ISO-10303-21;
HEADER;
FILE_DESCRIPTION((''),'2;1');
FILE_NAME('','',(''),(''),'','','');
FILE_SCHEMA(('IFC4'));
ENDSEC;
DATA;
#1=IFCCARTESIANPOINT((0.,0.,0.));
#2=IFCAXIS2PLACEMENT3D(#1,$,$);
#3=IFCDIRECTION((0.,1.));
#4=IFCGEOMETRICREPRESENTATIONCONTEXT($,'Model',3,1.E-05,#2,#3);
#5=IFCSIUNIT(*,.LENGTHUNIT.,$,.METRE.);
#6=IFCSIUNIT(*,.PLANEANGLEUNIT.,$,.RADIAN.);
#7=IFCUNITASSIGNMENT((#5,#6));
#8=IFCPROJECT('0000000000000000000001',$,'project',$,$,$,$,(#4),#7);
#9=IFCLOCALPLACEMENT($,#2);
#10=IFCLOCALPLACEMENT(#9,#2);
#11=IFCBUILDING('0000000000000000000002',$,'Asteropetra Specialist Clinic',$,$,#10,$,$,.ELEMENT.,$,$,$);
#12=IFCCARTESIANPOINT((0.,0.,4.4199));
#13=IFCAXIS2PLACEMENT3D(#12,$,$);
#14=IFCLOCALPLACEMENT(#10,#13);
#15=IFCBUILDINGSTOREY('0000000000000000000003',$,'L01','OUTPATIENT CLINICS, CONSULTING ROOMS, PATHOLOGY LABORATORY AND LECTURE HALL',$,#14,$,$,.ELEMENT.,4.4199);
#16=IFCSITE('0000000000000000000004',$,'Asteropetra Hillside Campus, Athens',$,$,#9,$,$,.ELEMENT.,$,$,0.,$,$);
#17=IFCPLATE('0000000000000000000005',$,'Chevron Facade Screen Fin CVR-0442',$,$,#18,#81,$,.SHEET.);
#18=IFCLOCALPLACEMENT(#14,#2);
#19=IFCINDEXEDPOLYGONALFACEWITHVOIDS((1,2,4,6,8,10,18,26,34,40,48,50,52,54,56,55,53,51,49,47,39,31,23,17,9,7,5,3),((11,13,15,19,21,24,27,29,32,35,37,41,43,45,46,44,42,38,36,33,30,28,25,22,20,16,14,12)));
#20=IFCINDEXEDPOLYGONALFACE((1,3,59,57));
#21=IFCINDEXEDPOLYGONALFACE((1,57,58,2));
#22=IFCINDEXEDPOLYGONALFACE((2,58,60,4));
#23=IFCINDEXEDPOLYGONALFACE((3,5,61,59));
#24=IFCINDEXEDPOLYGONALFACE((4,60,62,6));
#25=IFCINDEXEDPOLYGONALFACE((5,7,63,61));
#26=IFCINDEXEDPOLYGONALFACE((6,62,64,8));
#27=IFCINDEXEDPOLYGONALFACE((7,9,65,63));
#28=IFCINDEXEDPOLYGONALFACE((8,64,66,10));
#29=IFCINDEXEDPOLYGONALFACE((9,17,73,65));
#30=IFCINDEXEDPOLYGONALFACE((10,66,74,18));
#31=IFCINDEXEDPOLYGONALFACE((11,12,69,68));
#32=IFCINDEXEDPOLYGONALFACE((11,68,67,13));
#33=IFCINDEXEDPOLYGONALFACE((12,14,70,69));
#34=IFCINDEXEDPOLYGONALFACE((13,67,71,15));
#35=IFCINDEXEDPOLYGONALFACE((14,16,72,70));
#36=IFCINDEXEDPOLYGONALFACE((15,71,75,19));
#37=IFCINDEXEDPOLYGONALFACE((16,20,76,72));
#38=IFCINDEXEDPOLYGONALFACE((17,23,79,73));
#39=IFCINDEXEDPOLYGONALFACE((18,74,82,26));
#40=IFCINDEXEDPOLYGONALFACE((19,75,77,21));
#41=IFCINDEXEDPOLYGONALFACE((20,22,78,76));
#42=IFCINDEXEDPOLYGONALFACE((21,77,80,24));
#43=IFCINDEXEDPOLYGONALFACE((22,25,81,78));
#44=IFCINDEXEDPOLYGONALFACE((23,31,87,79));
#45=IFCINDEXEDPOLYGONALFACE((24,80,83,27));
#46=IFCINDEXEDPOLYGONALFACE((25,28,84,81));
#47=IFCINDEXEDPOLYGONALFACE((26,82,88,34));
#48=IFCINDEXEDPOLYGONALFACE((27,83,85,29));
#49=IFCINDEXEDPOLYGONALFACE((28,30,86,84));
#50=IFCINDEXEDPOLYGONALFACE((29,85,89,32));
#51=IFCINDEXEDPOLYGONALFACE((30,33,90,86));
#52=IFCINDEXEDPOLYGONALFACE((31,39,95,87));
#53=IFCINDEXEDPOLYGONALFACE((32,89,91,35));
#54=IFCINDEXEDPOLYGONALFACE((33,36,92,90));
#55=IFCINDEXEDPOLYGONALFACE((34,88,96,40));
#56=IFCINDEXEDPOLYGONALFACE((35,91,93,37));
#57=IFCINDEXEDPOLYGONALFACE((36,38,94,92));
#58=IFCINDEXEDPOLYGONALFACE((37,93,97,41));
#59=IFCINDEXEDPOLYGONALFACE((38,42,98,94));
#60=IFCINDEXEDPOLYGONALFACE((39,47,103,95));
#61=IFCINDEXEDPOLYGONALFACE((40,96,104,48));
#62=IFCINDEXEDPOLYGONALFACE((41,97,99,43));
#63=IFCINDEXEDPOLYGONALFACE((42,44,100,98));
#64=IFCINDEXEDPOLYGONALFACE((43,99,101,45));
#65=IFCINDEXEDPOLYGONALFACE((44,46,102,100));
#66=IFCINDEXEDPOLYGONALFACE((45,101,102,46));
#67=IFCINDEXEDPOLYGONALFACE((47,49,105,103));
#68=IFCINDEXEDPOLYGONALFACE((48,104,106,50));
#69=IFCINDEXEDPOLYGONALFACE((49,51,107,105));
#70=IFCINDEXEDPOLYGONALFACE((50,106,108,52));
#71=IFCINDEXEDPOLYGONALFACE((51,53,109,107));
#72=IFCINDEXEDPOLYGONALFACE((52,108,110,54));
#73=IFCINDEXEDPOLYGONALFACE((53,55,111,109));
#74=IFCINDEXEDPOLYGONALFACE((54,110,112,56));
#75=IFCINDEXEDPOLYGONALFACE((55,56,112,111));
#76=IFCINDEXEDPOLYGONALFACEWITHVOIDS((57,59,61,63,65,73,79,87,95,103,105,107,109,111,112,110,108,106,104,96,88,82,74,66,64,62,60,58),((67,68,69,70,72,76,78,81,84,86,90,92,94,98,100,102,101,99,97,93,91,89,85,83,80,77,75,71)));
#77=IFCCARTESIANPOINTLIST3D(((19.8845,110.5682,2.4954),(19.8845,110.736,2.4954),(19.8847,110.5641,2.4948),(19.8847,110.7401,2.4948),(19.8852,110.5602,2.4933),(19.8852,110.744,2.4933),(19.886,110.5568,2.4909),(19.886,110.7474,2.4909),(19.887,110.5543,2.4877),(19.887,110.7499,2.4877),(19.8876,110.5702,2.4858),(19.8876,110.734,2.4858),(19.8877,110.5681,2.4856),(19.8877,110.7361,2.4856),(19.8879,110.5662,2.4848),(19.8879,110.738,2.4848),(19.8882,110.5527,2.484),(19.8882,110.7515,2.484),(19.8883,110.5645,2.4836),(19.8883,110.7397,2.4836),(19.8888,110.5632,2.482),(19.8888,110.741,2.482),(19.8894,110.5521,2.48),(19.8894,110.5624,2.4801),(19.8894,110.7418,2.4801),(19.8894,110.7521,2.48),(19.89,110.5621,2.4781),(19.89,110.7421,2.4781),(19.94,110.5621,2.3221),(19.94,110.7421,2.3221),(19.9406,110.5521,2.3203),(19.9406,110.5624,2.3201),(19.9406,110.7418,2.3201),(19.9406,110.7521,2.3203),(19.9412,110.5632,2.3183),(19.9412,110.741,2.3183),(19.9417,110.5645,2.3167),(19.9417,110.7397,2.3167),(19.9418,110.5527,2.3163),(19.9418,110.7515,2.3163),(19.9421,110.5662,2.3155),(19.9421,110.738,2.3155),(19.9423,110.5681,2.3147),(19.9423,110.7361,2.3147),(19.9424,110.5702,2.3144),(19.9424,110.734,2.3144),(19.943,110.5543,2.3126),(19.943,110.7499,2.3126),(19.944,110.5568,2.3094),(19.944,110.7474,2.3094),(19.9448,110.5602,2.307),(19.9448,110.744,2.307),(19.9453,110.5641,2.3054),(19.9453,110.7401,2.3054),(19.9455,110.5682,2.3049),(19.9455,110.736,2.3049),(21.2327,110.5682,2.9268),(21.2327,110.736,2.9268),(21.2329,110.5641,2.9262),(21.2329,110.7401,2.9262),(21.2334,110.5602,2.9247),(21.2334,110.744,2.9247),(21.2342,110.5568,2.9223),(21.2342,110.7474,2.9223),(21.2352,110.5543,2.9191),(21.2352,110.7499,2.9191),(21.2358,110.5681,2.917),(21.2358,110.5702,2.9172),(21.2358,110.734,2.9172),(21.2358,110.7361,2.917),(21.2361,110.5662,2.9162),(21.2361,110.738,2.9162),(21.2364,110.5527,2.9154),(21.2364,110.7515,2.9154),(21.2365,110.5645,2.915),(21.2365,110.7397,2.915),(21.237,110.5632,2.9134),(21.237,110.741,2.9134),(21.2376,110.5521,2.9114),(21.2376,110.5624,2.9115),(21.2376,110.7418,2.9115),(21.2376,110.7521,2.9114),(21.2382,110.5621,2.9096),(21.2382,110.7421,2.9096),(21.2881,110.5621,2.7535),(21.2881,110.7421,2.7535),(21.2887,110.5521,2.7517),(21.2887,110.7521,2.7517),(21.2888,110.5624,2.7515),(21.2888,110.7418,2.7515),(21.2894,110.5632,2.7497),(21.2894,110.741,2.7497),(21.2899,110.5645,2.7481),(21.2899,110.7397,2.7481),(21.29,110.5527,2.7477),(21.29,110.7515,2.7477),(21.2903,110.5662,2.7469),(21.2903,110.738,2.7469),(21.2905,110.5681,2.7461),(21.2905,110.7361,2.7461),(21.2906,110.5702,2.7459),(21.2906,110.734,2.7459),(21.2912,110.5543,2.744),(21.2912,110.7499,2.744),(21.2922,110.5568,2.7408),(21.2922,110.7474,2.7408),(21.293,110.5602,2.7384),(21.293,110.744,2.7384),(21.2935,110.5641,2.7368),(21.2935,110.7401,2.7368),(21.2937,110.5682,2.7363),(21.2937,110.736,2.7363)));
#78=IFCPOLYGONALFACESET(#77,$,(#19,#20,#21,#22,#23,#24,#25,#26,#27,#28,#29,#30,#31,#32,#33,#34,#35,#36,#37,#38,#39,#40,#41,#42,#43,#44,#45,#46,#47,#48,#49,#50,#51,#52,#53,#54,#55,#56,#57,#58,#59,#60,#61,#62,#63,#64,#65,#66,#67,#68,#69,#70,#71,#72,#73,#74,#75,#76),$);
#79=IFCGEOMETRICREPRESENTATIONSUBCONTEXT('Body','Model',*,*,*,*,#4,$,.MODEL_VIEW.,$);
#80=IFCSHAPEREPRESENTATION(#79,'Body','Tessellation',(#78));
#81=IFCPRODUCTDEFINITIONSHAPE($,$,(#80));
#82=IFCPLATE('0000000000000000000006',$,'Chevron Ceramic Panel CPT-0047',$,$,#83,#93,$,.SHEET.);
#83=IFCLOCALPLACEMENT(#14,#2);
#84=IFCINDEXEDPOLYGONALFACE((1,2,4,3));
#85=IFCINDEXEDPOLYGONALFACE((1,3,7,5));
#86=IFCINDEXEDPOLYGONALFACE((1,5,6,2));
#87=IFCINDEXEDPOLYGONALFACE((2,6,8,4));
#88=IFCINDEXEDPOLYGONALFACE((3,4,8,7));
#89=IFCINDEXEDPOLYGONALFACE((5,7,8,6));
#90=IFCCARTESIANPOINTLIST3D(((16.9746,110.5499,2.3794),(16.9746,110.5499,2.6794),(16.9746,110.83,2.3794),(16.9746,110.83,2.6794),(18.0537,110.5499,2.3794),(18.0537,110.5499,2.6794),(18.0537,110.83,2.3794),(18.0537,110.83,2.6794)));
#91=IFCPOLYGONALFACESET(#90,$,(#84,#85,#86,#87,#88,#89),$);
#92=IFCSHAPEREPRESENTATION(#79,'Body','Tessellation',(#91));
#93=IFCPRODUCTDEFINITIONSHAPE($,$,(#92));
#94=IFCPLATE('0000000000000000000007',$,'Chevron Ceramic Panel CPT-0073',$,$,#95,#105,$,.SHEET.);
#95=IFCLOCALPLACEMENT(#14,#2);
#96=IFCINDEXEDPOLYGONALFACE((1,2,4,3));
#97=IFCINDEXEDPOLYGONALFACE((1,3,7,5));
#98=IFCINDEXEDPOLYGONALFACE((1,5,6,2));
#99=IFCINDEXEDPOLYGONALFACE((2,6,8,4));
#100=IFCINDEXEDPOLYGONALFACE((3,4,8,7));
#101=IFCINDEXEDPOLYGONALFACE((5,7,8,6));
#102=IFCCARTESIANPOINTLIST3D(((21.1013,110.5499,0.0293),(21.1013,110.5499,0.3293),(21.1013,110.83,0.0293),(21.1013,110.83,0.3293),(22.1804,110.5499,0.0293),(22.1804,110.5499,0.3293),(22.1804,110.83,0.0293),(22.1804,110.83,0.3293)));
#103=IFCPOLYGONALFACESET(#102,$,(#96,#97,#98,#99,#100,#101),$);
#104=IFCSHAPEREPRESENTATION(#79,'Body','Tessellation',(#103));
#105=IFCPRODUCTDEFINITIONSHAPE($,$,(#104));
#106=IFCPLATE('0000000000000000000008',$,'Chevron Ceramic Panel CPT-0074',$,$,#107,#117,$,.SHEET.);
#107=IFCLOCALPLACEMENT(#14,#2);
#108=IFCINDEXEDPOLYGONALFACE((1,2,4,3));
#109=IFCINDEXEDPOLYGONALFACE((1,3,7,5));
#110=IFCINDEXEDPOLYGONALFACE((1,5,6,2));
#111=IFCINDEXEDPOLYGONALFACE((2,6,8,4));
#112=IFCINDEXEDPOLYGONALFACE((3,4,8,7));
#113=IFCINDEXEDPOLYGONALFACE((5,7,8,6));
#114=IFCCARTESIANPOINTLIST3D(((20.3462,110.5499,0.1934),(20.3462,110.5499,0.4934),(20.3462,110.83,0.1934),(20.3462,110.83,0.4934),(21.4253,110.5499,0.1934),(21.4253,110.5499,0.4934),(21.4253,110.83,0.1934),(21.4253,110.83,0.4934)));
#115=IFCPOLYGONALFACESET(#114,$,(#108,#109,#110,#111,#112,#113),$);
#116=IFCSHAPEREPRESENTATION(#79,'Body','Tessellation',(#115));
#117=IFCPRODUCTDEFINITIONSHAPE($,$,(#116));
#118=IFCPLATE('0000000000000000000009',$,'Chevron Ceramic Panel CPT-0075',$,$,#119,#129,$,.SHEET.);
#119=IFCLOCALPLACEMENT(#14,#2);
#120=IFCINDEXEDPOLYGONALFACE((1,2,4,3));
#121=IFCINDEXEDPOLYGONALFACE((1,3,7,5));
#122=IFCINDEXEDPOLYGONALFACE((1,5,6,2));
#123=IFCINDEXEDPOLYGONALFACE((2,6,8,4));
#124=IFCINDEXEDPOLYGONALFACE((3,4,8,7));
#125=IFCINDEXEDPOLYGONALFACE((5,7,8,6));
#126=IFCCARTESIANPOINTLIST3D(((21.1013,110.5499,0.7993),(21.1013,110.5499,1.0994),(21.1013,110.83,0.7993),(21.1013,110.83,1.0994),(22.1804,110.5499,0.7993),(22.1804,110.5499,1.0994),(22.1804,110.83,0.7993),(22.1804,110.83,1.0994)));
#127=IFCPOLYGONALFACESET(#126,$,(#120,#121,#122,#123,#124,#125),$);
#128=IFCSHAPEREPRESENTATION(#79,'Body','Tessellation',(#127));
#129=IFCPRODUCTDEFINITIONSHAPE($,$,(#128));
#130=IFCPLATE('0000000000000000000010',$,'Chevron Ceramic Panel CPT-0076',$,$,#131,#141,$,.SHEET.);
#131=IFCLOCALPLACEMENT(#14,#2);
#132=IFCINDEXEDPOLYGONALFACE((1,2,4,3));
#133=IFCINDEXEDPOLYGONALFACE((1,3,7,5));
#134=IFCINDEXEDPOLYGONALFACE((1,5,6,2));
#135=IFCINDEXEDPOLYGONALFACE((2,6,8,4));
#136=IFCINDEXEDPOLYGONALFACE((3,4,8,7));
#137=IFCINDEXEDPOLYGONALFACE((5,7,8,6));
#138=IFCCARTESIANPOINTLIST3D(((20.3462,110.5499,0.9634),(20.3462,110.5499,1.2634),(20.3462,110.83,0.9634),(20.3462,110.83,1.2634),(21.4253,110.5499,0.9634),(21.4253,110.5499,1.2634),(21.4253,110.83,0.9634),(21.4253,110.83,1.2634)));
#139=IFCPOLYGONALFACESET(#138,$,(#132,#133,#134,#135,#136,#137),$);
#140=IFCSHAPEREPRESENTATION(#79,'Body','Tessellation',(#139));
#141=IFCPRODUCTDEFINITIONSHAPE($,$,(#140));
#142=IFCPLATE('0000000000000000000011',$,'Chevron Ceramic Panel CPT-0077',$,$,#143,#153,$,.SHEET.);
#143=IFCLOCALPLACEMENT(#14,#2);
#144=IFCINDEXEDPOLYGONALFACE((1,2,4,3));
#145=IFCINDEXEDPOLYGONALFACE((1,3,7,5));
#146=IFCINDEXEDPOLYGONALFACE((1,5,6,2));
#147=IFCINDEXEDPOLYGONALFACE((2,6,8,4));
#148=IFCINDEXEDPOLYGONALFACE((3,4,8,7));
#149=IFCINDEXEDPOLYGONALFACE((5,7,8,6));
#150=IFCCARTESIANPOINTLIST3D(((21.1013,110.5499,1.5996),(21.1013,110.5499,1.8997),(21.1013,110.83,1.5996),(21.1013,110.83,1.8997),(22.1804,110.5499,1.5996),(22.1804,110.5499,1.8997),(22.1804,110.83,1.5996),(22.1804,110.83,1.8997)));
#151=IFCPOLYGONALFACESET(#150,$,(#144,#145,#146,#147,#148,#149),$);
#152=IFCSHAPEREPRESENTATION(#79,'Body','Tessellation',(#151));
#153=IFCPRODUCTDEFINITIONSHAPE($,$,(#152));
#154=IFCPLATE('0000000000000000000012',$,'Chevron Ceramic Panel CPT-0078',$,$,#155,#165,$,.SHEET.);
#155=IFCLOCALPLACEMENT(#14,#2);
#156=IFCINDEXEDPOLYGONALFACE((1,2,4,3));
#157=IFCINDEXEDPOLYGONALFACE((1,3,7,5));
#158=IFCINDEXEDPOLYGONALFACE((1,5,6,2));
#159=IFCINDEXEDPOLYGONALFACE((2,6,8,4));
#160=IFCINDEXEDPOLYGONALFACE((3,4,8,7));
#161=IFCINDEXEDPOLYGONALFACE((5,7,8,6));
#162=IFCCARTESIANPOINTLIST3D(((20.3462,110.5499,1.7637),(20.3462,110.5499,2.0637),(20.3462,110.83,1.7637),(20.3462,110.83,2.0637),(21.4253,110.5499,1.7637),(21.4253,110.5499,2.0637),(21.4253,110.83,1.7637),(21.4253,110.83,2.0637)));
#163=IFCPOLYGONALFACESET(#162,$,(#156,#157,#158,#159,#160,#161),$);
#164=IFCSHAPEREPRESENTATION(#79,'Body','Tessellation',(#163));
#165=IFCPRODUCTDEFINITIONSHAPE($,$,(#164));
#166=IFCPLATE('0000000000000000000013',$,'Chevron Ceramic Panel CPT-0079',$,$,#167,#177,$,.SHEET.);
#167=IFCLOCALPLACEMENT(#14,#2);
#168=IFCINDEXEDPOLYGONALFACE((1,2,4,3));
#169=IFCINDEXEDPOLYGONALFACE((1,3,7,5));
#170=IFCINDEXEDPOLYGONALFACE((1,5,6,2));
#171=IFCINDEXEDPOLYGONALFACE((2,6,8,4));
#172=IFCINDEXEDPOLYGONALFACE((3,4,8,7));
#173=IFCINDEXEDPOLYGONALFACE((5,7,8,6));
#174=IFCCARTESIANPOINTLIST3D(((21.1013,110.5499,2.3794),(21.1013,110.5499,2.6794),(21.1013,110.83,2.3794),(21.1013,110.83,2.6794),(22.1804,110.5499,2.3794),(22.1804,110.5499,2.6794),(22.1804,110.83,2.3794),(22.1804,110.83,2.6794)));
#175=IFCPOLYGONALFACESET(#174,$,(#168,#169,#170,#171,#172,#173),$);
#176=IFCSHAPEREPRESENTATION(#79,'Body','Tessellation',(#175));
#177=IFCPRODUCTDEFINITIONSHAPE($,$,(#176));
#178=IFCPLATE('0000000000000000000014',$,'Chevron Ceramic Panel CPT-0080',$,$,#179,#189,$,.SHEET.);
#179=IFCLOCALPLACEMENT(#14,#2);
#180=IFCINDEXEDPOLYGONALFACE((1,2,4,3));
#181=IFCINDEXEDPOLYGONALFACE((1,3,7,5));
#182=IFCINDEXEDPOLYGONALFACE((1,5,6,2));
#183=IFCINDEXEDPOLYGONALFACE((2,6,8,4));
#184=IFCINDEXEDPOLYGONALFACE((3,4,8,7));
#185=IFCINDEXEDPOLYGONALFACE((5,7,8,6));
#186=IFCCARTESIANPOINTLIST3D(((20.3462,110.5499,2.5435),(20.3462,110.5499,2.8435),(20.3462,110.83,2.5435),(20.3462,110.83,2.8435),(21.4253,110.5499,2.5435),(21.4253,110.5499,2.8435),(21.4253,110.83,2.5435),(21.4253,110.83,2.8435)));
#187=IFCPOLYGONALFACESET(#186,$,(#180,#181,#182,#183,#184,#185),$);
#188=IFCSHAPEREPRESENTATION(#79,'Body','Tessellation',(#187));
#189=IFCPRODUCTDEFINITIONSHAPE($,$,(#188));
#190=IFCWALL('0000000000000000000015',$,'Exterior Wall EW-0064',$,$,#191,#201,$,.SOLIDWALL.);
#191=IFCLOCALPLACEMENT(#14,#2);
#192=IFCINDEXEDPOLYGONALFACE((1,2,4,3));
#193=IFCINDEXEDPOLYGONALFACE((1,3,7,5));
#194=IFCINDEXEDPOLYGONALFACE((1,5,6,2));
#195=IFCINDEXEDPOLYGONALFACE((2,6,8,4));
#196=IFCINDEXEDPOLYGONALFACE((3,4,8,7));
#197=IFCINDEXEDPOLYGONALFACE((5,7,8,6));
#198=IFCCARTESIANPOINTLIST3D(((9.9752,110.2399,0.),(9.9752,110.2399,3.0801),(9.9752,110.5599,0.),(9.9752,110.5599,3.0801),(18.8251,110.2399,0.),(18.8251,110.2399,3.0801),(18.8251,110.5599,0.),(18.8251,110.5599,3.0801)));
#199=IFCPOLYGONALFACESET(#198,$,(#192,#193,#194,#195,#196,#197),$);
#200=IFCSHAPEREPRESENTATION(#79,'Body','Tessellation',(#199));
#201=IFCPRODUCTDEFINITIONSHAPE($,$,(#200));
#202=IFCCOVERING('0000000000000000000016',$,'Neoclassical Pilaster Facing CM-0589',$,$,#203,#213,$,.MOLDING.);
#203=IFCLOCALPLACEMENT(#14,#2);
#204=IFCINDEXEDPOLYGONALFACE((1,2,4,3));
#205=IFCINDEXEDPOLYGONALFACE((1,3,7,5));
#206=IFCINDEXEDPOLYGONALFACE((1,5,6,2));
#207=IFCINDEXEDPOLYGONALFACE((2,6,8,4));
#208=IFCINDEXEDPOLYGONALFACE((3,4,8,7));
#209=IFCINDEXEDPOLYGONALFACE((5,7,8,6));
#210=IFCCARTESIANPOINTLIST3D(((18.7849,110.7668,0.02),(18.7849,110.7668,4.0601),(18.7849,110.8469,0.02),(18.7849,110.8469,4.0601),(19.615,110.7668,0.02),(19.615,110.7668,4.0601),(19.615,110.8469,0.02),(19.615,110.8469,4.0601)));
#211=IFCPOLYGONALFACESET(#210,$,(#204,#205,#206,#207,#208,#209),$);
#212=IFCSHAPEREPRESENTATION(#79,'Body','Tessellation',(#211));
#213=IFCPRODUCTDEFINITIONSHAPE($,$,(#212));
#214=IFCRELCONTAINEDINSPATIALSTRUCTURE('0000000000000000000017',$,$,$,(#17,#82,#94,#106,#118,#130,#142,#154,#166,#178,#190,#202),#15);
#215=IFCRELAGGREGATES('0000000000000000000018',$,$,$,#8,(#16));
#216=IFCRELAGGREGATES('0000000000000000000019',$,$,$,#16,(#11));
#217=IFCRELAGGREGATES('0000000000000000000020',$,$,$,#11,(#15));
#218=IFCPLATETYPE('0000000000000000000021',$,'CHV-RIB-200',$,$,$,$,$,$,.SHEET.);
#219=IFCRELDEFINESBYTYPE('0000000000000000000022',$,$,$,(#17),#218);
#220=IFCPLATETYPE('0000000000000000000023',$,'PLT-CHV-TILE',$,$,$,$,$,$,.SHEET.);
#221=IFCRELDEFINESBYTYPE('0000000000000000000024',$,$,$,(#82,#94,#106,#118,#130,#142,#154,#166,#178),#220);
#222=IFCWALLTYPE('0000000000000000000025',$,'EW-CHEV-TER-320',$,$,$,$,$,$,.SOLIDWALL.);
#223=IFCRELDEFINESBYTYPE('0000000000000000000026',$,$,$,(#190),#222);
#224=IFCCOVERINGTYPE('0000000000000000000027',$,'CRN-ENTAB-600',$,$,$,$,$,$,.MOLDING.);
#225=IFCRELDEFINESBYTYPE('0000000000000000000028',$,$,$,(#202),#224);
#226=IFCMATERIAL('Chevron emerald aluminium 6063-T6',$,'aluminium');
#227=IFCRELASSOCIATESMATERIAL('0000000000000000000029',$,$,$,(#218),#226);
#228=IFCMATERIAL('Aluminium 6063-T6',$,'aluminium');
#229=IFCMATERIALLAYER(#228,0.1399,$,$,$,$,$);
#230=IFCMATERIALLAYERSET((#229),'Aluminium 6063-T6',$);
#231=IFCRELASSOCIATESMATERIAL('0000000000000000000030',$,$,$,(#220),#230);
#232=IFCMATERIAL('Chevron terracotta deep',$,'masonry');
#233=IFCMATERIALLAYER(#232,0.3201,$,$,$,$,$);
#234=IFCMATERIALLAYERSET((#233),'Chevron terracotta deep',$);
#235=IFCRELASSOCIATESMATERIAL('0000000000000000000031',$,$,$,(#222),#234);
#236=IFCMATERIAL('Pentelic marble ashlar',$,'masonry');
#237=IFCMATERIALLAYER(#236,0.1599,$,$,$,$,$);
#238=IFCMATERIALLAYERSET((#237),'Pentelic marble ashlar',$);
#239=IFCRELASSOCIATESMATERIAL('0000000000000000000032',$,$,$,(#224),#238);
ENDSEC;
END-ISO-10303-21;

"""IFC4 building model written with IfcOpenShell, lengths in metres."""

from ifc_helpers import new_model, si_unit, direction, frame, frame_2d, origin, origin_2d, place, context, subcontext, project, spatial, rectangle, hollow_rectangle, extrude, material, layer, layer_set, material_profile, profile_set, type_object, element, save


model = new_model("IFC4")

# Units and contexts
model_context = context("Model", 3, precision=1e-05, world=origin(), true_north=direction((0.0, 1.0)))
body_context = subcontext(model_context, "Body", "Model", "MODEL_VIEW")
ifc_project = project(units=[si_unit("LENGTHUNIT", "METRE"), si_unit("PLANEANGLEUNIT", "RADIAN")], contexts=[model_context])

# Site, building, storey
site_placement = place(None, origin())
site = spatial("IfcSite", under=ifc_project, at=site_placement, Name="Asteropetra Hillside Campus, Athens", CompositionType="ELEMENT", RefElevation=0.0)
building_placement = place(site_placement, origin())
building = spatial("IfcBuilding", under=site, at=building_placement, Name="Asteropetra Specialist Clinic", CompositionType="ELEMENT")
storey_placement = place(building_placement, frame((0.0, 0.0, 4.4199)))
storey = spatial("IfcBuildingStorey", under=building, at=storey_placement, Name="L01", Description="OUTPATIENT CLINICS, CONSULTING ROOMS, PATHOLOGY LABORATORY AND LECTURE HALL", CompositionType="ELEMENT", Elevation=4.4199)

# Plates
ifc_material_1 = material(Name="Chevron emerald aluminium 6063-T6", Category="aluminium")
ifc_material_profile_1 = material_profile(ifc_material_1, hollow_rectangle(XDim=0.2, YDim=0.2, WallThickness=0.01, InnerFilletRadius=0.0081, OuterFilletRadius=0.0161, at=origin_2d()), Name="SHS 200x200x10.0")
ifc_profile_set_1 = profile_set([ifc_material_profile_1], Name="Chevron emerald aluminium 6063-T6")
plate_type_1 = type_object("IfcPlateType", Name="CHV-RIB-200", PredefinedType="SHEET", material=ifc_profile_set_1)
for number, where, z_axis, x_axis, name in (
    (1, (21.2632, 110.6521, 2.8315), (-0.952426, 0.0, -0.304769), (0.0, -1.0, 0.0), "Chevron Facade Screen Fin CVR-0442"),
):
    element("IfcPlate", number, at=place(storey_placement, frame(where, z_axis=z_axis, x_axis=x_axis)), inside=storey, type_object=plate_type_1, Name=name, PredefinedType="SHEET", context=body_context, shape_type="SweptSolid", body=[
        extrude(hollow_rectangle(XDim=0.2, YDim=0.2, WallThickness=0.01, InnerFilletRadius=0.0081, OuterFilletRadius=0.0161, at=origin_2d()), origin(), (0.0, 0.0, 1.0), 1.4155),
    ])
ifc_material_2 = material(Name="Aluminium 6063-T6", Category="aluminium")
ifc_layer_1 = layer(ifc_material_2, 0.1399)
ifc_layer_set_1 = layer_set([ifc_layer_1], Name="Aluminium 6063-T6")
plate_type_2 = type_object("IfcPlateType", Name="PLT-CHV-TILE", PredefinedType="SHEET", material=ifc_layer_set_1)
for number, where, z_axis, x_axis, name in (
    (2, (17.5142, 110.6899, 2.3794), (0.0, 0.0, 1.0), (1.0, 0.0, 0.0), "Chevron Ceramic Panel CPT-0047"),
    (3, (21.6409, 110.6899, 0.0293), (0.0, 0.0, 1.0), (1.0, 0.0, 0.0), "Chevron Ceramic Panel CPT-0073"),
    (4, (20.8857, 110.6899, 0.1934), (0.0, 0.0, 1.0), (1.0, 0.0, 0.0), "Chevron Ceramic Panel CPT-0074"),
    (5, (21.6409, 110.6899, 0.7993), (0.0, 0.0, 1.0), (1.0, 0.0, 0.0), "Chevron Ceramic Panel CPT-0075"),
    (6, (20.8857, 110.6899, 0.9634), (0.0, 0.0, 1.0), (1.0, 0.0, 0.0), "Chevron Ceramic Panel CPT-0076"),
    (7, (21.6409, 110.6899, 1.5996), (0.0, 0.0, 1.0), (1.0, 0.0, 0.0), "Chevron Ceramic Panel CPT-0077"),
    (8, (20.8857, 110.6899, 1.7637), (0.0, 0.0, 1.0), (1.0, 0.0, 0.0), "Chevron Ceramic Panel CPT-0078"),
    (9, (21.6409, 110.6899, 2.3794), (0.0, 0.0, 1.0), (1.0, 0.0, 0.0), "Chevron Ceramic Panel CPT-0079"),
    (10, (20.8857, 110.6899, 2.5435), (0.0, 0.0, 1.0), (1.0, 0.0, 0.0), "Chevron Ceramic Panel CPT-0080"),
):
    element("IfcPlate", number, at=place(storey_placement, frame(where, z_axis=z_axis, x_axis=x_axis)), inside=storey, type_object=plate_type_2, Name=name, PredefinedType="SHEET", context=body_context, shape_type="SweptSolid", body=[
        extrude(rectangle(XDim=1.0791, YDim=0.28, at=origin_2d()), origin(), (0.0, 0.0, 1.0), 0.3),
    ])

# Wall
ifc_material_3 = material(Name="Chevron terracotta deep", Category="masonry")
ifc_layer_2 = layer(ifc_material_3, 0.3201)
ifc_layer_set_2 = layer_set([ifc_layer_2], Name="Chevron terracotta deep")
wall_type = type_object("IfcWallType", Name="EW-CHEV-TER-320", PredefinedType="SOLIDWALL", material=ifc_layer_set_2)
wall_placement = place(storey_placement, frame((18.825, 110.3999, 0.0), z_axis=(0.0, 0.0, 1.0), x_axis=(-1.0, 0.0, 0.0)))
element("IfcWall", 11, at=wall_placement, inside=storey, type_object=wall_type, Name="Exterior Wall EW-0064", PredefinedType="SOLIDWALL", context=body_context, shape_type="SweptSolid", body=[
    extrude(rectangle(XDim=8.8499, YDim=0.3201, at=frame_2d((4.4248, 0.0))), origin(), (0.0, 0.0, 1.0), 3.0801),
])

# Covering
ifc_material_4 = material(Name="Pentelic marble ashlar", Category="masonry")
ifc_layer_3 = layer(ifc_material_4, 0.1599)
ifc_layer_set_3 = layer_set([ifc_layer_3], Name="Pentelic marble ashlar")
covering_type = type_object("IfcCoveringType", Name="CRN-ENTAB-600", PredefinedType="MOLDING", material=ifc_layer_set_3)
covering_placement = place(storey_placement, frame((19.2, 110.8069, 0.02), z_axis=(0.0, 0.0, 1.0), x_axis=(1.0, 0.0, 0.0)))
element("IfcCovering", 12, at=covering_placement, inside=storey, type_object=covering_type, Name="Neoclassical Pilaster Facing CM-0589", PredefinedType="MOLDING", context=body_context, shape_type="SweptSolid", body=[
    extrude(rectangle(XDim=0.8301, YDim=0.0801, at=origin_2d()), origin(), (0.0, 0.0, 1.0), 4.04),
])

save(model, "model.ifc")
